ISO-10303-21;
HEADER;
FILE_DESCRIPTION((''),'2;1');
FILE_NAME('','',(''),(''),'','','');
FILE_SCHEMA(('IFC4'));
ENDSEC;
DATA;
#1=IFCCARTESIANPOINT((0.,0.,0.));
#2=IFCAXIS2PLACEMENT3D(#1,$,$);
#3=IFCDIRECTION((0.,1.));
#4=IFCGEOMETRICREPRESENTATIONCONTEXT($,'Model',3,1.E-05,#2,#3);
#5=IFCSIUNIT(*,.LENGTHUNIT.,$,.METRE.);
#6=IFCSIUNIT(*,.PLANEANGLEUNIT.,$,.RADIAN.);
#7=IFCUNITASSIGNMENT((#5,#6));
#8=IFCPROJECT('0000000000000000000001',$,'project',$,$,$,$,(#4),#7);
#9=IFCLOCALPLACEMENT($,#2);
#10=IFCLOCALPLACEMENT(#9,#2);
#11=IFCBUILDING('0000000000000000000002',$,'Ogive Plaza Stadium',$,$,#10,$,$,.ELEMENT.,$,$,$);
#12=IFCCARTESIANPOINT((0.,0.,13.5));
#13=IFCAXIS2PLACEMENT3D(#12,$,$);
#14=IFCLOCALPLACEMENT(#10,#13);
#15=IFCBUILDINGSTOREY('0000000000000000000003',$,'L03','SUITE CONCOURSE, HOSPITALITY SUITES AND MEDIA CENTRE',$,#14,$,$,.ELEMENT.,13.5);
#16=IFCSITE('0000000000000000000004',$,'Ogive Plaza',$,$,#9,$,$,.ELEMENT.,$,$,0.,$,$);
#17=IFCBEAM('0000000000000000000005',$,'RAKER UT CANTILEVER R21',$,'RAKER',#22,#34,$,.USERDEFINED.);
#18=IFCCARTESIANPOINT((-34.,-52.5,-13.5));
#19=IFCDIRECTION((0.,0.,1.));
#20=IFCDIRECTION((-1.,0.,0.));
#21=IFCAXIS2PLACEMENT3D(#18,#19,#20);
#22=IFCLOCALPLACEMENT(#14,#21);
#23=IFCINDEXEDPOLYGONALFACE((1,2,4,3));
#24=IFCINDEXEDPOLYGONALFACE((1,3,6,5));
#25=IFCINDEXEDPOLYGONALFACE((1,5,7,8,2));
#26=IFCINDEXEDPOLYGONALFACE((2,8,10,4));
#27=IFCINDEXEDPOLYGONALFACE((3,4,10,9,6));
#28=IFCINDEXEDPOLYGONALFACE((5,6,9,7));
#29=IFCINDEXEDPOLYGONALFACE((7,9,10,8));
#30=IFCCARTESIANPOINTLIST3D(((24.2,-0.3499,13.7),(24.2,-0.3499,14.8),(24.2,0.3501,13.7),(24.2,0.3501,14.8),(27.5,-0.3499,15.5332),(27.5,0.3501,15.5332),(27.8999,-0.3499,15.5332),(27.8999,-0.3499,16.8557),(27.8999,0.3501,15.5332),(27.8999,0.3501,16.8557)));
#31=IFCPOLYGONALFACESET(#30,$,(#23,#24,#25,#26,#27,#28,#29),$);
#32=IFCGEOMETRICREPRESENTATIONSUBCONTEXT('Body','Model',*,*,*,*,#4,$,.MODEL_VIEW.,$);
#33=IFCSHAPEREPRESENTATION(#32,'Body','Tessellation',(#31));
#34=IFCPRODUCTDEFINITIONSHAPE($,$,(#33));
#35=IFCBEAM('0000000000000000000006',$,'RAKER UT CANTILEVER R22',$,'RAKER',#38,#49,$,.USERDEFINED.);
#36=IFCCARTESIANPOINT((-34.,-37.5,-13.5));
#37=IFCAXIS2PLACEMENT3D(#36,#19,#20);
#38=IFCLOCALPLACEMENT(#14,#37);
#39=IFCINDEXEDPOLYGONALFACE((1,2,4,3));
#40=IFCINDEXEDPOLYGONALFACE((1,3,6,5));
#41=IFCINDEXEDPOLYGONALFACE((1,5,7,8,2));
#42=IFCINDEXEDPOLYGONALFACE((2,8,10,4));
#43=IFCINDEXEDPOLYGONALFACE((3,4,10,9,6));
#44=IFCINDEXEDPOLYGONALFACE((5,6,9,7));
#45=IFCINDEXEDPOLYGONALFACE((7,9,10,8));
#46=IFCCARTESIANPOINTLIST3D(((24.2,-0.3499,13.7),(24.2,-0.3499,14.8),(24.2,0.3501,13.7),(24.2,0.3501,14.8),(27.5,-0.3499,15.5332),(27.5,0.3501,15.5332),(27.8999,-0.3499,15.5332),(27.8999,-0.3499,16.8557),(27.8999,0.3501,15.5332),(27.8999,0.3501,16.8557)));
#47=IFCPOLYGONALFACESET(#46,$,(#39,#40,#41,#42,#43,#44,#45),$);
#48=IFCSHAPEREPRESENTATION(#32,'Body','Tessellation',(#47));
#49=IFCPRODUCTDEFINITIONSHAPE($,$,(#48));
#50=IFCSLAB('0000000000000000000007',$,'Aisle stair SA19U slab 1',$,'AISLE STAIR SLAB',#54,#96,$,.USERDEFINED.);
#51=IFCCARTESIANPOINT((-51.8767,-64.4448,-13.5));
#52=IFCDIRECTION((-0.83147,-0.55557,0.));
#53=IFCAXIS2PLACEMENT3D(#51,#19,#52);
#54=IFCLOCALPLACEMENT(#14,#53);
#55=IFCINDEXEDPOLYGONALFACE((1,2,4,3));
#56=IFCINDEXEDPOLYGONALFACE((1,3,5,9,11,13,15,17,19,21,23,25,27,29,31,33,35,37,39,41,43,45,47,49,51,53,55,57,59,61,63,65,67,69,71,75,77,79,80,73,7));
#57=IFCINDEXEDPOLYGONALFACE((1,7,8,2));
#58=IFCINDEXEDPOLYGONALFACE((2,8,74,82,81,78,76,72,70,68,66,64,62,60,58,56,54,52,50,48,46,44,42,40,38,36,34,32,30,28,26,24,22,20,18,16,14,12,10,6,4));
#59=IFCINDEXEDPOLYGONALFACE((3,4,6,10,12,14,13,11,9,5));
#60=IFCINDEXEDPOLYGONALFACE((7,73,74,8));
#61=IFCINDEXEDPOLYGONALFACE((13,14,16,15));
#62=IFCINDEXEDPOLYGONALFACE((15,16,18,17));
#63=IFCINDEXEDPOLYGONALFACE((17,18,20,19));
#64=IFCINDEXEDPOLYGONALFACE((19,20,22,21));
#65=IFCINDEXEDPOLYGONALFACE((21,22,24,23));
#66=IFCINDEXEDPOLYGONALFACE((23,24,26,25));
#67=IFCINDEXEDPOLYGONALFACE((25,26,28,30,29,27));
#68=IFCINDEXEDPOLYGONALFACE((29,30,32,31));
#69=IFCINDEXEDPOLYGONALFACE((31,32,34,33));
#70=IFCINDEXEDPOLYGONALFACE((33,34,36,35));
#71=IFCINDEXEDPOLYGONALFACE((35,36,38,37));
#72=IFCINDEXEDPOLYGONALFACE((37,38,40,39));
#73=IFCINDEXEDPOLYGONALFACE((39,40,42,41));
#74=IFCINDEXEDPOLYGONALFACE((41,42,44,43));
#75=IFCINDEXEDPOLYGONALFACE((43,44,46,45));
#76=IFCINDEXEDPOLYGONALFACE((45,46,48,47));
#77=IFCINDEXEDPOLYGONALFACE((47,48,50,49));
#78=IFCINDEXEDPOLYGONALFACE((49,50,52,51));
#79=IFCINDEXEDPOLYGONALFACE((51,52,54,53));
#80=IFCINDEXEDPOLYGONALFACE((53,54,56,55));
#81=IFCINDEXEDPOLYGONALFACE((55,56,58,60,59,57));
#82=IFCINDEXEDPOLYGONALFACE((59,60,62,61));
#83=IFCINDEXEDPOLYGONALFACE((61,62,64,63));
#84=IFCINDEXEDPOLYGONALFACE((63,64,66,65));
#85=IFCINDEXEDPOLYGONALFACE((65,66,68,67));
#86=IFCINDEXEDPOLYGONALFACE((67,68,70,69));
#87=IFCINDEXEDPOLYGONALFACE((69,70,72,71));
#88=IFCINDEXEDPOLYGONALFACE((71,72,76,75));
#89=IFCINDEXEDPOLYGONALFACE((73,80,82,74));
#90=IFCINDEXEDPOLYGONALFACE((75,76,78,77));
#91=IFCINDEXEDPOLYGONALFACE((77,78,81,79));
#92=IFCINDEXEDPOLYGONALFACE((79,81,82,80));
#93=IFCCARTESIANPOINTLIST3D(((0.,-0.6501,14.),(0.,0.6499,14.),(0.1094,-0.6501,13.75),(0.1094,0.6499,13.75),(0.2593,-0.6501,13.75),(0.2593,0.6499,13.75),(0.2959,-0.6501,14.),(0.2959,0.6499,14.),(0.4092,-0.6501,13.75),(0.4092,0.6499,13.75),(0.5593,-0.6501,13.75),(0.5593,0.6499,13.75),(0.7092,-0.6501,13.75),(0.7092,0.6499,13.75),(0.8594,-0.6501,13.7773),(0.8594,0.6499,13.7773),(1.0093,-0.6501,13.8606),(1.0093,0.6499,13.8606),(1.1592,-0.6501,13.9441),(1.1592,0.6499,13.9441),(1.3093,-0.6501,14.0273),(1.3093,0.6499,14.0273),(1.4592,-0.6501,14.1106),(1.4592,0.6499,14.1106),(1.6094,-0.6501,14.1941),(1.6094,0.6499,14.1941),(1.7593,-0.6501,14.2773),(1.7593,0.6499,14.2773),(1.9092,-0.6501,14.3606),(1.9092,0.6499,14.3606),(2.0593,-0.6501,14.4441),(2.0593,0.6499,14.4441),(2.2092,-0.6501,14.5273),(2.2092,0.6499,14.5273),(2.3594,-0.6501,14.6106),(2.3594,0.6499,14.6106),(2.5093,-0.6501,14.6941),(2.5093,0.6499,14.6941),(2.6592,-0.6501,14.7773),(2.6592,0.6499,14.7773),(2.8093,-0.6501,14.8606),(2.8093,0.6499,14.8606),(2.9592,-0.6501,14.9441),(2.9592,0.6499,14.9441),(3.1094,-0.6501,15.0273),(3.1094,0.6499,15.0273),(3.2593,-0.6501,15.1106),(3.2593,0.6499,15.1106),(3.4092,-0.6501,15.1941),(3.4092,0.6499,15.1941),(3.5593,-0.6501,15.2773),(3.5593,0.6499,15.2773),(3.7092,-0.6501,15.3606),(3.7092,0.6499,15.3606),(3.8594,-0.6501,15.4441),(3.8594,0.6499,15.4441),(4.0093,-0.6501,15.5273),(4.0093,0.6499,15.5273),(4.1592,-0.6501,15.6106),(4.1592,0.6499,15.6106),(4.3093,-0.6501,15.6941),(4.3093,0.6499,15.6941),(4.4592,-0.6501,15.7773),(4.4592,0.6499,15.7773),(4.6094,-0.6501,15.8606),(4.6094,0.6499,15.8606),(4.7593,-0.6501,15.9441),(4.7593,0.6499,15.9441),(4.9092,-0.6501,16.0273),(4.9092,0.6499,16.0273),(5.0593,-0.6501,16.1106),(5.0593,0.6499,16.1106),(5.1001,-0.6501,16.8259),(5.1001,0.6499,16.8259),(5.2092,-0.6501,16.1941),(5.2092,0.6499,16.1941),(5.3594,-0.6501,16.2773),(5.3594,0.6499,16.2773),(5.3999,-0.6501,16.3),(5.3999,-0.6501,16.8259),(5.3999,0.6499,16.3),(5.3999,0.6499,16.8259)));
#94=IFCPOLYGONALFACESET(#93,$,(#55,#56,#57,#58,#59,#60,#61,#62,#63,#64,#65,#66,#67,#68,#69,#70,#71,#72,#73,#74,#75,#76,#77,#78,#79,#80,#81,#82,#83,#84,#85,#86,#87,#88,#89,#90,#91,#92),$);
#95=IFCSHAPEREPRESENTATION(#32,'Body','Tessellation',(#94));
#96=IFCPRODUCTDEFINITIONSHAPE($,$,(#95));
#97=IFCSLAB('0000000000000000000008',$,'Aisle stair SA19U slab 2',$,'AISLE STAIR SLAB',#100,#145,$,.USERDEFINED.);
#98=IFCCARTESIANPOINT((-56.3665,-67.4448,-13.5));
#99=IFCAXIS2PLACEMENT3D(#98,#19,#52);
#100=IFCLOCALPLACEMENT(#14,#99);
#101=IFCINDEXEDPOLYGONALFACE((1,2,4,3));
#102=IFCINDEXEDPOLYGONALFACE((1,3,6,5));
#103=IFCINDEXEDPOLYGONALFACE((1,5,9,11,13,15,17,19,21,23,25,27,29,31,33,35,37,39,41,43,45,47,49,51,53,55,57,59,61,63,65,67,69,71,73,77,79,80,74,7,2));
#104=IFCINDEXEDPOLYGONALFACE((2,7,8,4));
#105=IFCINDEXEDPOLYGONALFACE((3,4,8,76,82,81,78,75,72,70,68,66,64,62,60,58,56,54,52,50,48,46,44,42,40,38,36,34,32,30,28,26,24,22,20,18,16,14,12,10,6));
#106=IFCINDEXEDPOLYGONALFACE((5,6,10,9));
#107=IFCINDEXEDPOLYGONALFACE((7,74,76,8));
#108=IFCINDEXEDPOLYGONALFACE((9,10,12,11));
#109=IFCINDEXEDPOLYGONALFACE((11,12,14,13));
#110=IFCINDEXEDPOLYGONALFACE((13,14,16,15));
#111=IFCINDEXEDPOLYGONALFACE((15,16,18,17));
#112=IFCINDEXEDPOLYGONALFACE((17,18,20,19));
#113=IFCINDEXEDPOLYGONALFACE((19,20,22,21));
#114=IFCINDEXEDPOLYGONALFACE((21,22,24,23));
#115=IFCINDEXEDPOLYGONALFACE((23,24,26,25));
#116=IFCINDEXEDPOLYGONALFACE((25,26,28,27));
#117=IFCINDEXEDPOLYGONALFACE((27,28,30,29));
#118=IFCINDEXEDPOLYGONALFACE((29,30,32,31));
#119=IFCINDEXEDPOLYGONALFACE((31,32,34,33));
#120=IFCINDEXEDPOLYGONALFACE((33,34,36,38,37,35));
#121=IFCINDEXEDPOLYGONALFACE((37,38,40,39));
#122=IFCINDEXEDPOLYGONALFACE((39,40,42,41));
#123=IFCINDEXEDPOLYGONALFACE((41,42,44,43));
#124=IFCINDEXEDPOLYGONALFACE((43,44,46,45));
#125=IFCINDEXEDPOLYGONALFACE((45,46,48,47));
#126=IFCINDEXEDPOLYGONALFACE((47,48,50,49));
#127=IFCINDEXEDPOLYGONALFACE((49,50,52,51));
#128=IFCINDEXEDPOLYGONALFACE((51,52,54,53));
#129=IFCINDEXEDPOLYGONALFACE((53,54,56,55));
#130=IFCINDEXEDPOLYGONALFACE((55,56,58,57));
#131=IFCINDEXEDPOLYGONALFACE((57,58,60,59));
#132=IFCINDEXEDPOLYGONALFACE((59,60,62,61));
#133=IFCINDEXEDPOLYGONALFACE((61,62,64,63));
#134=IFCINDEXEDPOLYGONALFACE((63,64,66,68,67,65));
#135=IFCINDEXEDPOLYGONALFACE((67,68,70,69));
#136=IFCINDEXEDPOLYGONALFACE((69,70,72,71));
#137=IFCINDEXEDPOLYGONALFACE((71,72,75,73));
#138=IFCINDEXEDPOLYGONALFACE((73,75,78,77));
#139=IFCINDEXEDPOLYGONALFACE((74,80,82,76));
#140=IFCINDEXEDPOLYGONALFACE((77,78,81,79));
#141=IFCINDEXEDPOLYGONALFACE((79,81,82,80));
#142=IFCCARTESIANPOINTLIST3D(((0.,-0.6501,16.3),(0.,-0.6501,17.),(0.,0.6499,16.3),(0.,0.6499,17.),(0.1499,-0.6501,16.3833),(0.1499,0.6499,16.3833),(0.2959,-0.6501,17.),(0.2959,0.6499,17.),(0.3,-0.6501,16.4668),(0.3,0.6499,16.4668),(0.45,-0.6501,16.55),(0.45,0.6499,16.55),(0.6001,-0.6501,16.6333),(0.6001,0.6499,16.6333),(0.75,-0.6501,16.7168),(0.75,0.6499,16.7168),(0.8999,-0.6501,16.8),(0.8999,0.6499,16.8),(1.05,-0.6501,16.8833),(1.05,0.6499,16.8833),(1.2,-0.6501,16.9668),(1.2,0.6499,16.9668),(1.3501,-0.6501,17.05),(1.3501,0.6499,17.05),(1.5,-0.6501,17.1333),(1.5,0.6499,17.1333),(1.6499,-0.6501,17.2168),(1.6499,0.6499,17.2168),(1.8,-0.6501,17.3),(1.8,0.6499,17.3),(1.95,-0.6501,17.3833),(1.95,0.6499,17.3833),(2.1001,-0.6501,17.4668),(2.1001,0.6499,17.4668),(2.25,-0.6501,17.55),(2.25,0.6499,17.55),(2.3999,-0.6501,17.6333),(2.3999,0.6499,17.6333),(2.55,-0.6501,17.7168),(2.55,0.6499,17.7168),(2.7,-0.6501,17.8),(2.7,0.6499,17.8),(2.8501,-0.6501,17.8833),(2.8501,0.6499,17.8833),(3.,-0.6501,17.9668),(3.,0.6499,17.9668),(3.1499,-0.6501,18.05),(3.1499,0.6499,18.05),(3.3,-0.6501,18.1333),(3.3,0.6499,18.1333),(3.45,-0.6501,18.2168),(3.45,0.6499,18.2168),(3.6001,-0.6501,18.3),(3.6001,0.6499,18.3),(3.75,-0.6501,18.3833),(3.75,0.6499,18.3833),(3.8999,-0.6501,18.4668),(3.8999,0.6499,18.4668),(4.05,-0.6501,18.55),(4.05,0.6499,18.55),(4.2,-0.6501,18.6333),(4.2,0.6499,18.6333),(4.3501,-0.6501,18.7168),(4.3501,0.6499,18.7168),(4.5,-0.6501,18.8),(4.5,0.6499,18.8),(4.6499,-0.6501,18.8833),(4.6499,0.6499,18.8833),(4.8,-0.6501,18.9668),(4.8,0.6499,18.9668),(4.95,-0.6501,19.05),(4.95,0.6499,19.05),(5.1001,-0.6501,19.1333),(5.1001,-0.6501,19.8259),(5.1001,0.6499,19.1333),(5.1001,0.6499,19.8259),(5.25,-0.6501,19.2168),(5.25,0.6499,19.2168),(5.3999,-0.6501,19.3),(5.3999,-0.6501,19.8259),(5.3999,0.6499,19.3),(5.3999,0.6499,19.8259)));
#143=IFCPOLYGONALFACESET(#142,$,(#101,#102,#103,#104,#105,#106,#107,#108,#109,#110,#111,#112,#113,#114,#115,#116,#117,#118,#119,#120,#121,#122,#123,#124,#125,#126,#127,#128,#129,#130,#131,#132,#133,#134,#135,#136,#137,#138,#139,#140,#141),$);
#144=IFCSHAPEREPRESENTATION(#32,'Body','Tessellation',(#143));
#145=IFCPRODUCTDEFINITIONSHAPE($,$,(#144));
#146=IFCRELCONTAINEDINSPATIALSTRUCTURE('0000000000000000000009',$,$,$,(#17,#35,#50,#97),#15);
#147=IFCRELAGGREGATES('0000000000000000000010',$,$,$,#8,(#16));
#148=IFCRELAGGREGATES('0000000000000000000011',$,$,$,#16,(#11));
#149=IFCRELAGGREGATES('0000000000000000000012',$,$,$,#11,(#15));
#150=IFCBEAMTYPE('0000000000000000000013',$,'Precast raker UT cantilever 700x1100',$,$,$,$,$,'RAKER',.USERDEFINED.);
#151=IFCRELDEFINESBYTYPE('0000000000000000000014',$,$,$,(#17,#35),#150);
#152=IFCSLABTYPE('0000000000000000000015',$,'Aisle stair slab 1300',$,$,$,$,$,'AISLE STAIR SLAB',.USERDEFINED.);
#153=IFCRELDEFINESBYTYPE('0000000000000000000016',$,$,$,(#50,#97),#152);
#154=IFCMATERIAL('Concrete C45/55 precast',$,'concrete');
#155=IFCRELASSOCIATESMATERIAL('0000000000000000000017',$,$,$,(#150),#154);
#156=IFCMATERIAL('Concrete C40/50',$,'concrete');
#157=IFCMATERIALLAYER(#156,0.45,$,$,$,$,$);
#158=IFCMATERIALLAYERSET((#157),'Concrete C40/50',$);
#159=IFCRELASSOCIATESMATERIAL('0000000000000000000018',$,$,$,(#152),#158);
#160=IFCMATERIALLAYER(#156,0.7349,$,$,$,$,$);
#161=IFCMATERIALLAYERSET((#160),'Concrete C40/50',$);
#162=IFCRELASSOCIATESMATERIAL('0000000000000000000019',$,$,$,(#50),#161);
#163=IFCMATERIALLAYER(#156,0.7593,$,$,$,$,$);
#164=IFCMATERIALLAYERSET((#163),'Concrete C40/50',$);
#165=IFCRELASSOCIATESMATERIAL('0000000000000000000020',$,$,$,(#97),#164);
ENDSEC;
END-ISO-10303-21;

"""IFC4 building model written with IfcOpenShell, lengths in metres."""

from ifc_helpers import new_model, si_unit, direction, frame, origin, origin_2d, place, context, subcontext, project, spatial, polyline, rectangle, outline, extrude, material, layer, layer_set, material_profile, profile_set, type_object, element, save


model = new_model("IFC4")

# Units and contexts
model_context = context("Model", 3, precision=1e-05, world=origin(), true_north=direction((0.0, 1.0)))
body_context = subcontext(model_context, "Body", "Model", "MODEL_VIEW")
ifc_project = project(units=[si_unit("LENGTHUNIT", "METRE"), si_unit("PLANEANGLEUNIT", "RADIAN")], contexts=[model_context])

# Site, building, storey
site_placement = place(None, origin())
site = spatial("IfcSite", under=ifc_project, at=site_placement, Name="Ogive Plaza", CompositionType="ELEMENT", RefElevation=0.0)
building_placement = place(site_placement, origin())
building = spatial("IfcBuilding", under=site, at=building_placement, Name="Ogive Plaza Stadium", CompositionType="ELEMENT")
storey_placement = place(building_placement, frame((0.0, 0.0, 13.5)))
storey = spatial("IfcBuildingStorey", under=building, at=storey_placement, Name="L03", Description="SUITE CONCOURSE, HOSPITALITY SUITES AND MEDIA CENTRE", CompositionType="ELEMENT", Elevation=13.5)

# Beams
ifc_material_1 = material(Name="Concrete C45/55 precast", Category="concrete")
ifc_material_profile_1 = material_profile(ifc_material_1, rectangle(XDim=0.7, YDim=1.1001, at=origin_2d()), Name="RC 700x1100")
ifc_profile_set_1 = profile_set([ifc_material_profile_1], Name="Concrete C45/55 precast")
beam_type_1 = type_object("IfcBeamType", Name="Precast raker UT cantilever 700x1100", ElementType="RAKER", PredefinedType="USERDEFINED", material=ifc_profile_set_1)
for number, where, z_axis, x_axis, name in (
    (1, (-34.0, -52.5, -13.5), (0.0, 0.0, 1.0), (-1.0, 0.0, 0.0), "RAKER UT CANTILEVER R21"),
    (2, (-34.0, -37.5, -13.5), (0.0, 0.0, 1.0), (-1.0, 0.0, 0.0), "RAKER UT CANTILEVER R22"),
):
    element("IfcBeam", number, at=place(storey_placement, frame(where, z_axis=z_axis, x_axis=x_axis)), inside=storey, type_object=beam_type_1, Name=name, ObjectType="RAKER", PredefinedType="USERDEFINED", context=body_context, shape_type="SweptSolid", body=[
        extrude(outline(polyline([(24.2, 13.7), (27.5, 15.5332), (27.8999, 15.5332), (27.8999, 16.8557), (24.2, 14.8), (24.2, 13.7)])), frame((0.0, 0.3501, 0.0), z_axis=(0.0, -1.0, 0.0), x_axis=(1.0, 0.0, 0.0)), (0.0, 0.0, 1.0), 0.7),
    ])

# Slabs
ifc_material_2 = material(Name="Concrete C40/50", Category="concrete")
ifc_layer_1 = layer(ifc_material_2, 0.7349)
ifc_layer_set_1 = layer_set([ifc_layer_1], Name="Concrete C40/50")
ifc_layer_2 = layer(ifc_material_2, 0.45)
ifc_layer_set_2 = layer_set([ifc_layer_2], Name="Concrete C40/50")
slab_type = type_object("IfcSlabType", Name="Aisle stair slab 1300", ElementType="AISLE STAIR SLAB", PredefinedType="USERDEFINED", material=ifc_layer_set_2)
slab_1_placement = place(storey_placement, frame((-51.8767, -64.4448, -13.5), z_axis=(0.0, 0.0, 1.0), x_axis=(-0.83147, -0.55557, 0.0)))
element("IfcSlab", 3, at=slab_1_placement, inside=storey, type_object=slab_type, material=ifc_layer_set_1, Name="Aisle stair SA19U slab 1", ObjectType="AISLE STAIR SLAB", PredefinedType="USERDEFINED", context=body_context, shape_type="SweptSolid", body=[
    extrude(outline(polyline([(0.0, 14.0), (0.2959, 14.0), (5.1001, 16.8259), (5.3999, 16.8259), (5.3999, 16.3), (5.3594, 16.2773), (5.2092, 16.1941), (5.0593, 16.1106), (4.9092, 16.0273), (4.7593, 15.9441), (4.6094, 15.8606), (4.4592, 15.7773), (4.3093, 15.6941), (4.1592, 15.6106), (4.0093, 15.5273), (3.8594, 15.4441), (3.7092, 15.3606), (3.5593, 15.2773), (3.4092, 15.1941), (3.2593, 15.1106), (3.1094, 15.0273), (2.9592, 14.9441), (2.8093, 14.8606), (2.6592, 14.7773), (2.5093, 14.6941), (2.3594, 14.6106), (2.2092, 14.5273), (2.0593, 14.4441), (1.9092, 14.3606), (1.7593, 14.2773), (1.6094, 14.1941), (1.4592, 14.1106), (1.3093, 14.0273), (1.1592, 13.9441), (1.0093, 13.8606), (0.8594, 13.7773), (0.7092, 13.75), (0.5593, 13.75), (0.4092, 13.75), (0.2593, 13.75), (0.1094, 13.75), (0.0, 14.0)])), frame((0.0, 0.6499, 0.0), z_axis=(0.0, -1.0, 0.0), x_axis=(1.0, 0.0, 0.0)), (0.0, 0.0, 1.0), 1.3),
])
ifc_layer_3 = layer(ifc_material_2, 0.7593)
ifc_layer_set_3 = layer_set([ifc_layer_3], Name="Concrete C40/50")
slab_2_placement = place(storey_placement, frame((-56.3665, -67.4448, -13.5), z_axis=(0.0, 0.0, 1.0), x_axis=(-0.83147, -0.55557, 0.0)))
element("IfcSlab", 4, at=slab_2_placement, inside=storey, type_object=slab_type, material=ifc_layer_set_3, Name="Aisle stair SA19U slab 2", ObjectType="AISLE STAIR SLAB", PredefinedType="USERDEFINED", context=body_context, shape_type="SweptSolid", body=[
    extrude(outline(polyline([(0.0, 17.0), (0.2959, 17.0), (5.1001, 19.8259), (5.3999, 19.8259), (5.3999, 19.3), (5.25, 19.2168), (5.1001, 19.1333), (4.95, 19.05), (4.8, 18.9668), (4.6499, 18.8833), (4.5, 18.8), (4.3501, 18.7168), (4.2, 18.6333), (4.05, 18.55), (3.8999, 18.4668), (3.75, 18.3833), (3.6001, 18.3), (3.45, 18.2168), (3.3, 18.1333), (3.1499, 18.05), (3.0, 17.9668), (2.8501, 17.8833), (2.7, 17.8), (2.55, 17.7168), (2.3999, 17.6333), (2.25, 17.55), (2.1001, 17.4668), (1.95, 17.3833), (1.8, 17.3), (1.6499, 17.2168), (1.5, 17.1333), (1.3501, 17.05), (1.2, 16.9668), (1.05, 16.8833), (0.8999, 16.8), (0.75, 16.7168), (0.6001, 16.6333), (0.45, 16.55), (0.3, 16.4668), (0.1499, 16.3833), (0.0, 16.3), (0.0, 17.0)])), frame((0.0, 0.6499, 0.0), z_axis=(0.0, -1.0, 0.0), x_axis=(1.0, 0.0, 0.0)), (0.0, 0.0, 1.0), 1.3),
])

save(model, "model.ifc")
